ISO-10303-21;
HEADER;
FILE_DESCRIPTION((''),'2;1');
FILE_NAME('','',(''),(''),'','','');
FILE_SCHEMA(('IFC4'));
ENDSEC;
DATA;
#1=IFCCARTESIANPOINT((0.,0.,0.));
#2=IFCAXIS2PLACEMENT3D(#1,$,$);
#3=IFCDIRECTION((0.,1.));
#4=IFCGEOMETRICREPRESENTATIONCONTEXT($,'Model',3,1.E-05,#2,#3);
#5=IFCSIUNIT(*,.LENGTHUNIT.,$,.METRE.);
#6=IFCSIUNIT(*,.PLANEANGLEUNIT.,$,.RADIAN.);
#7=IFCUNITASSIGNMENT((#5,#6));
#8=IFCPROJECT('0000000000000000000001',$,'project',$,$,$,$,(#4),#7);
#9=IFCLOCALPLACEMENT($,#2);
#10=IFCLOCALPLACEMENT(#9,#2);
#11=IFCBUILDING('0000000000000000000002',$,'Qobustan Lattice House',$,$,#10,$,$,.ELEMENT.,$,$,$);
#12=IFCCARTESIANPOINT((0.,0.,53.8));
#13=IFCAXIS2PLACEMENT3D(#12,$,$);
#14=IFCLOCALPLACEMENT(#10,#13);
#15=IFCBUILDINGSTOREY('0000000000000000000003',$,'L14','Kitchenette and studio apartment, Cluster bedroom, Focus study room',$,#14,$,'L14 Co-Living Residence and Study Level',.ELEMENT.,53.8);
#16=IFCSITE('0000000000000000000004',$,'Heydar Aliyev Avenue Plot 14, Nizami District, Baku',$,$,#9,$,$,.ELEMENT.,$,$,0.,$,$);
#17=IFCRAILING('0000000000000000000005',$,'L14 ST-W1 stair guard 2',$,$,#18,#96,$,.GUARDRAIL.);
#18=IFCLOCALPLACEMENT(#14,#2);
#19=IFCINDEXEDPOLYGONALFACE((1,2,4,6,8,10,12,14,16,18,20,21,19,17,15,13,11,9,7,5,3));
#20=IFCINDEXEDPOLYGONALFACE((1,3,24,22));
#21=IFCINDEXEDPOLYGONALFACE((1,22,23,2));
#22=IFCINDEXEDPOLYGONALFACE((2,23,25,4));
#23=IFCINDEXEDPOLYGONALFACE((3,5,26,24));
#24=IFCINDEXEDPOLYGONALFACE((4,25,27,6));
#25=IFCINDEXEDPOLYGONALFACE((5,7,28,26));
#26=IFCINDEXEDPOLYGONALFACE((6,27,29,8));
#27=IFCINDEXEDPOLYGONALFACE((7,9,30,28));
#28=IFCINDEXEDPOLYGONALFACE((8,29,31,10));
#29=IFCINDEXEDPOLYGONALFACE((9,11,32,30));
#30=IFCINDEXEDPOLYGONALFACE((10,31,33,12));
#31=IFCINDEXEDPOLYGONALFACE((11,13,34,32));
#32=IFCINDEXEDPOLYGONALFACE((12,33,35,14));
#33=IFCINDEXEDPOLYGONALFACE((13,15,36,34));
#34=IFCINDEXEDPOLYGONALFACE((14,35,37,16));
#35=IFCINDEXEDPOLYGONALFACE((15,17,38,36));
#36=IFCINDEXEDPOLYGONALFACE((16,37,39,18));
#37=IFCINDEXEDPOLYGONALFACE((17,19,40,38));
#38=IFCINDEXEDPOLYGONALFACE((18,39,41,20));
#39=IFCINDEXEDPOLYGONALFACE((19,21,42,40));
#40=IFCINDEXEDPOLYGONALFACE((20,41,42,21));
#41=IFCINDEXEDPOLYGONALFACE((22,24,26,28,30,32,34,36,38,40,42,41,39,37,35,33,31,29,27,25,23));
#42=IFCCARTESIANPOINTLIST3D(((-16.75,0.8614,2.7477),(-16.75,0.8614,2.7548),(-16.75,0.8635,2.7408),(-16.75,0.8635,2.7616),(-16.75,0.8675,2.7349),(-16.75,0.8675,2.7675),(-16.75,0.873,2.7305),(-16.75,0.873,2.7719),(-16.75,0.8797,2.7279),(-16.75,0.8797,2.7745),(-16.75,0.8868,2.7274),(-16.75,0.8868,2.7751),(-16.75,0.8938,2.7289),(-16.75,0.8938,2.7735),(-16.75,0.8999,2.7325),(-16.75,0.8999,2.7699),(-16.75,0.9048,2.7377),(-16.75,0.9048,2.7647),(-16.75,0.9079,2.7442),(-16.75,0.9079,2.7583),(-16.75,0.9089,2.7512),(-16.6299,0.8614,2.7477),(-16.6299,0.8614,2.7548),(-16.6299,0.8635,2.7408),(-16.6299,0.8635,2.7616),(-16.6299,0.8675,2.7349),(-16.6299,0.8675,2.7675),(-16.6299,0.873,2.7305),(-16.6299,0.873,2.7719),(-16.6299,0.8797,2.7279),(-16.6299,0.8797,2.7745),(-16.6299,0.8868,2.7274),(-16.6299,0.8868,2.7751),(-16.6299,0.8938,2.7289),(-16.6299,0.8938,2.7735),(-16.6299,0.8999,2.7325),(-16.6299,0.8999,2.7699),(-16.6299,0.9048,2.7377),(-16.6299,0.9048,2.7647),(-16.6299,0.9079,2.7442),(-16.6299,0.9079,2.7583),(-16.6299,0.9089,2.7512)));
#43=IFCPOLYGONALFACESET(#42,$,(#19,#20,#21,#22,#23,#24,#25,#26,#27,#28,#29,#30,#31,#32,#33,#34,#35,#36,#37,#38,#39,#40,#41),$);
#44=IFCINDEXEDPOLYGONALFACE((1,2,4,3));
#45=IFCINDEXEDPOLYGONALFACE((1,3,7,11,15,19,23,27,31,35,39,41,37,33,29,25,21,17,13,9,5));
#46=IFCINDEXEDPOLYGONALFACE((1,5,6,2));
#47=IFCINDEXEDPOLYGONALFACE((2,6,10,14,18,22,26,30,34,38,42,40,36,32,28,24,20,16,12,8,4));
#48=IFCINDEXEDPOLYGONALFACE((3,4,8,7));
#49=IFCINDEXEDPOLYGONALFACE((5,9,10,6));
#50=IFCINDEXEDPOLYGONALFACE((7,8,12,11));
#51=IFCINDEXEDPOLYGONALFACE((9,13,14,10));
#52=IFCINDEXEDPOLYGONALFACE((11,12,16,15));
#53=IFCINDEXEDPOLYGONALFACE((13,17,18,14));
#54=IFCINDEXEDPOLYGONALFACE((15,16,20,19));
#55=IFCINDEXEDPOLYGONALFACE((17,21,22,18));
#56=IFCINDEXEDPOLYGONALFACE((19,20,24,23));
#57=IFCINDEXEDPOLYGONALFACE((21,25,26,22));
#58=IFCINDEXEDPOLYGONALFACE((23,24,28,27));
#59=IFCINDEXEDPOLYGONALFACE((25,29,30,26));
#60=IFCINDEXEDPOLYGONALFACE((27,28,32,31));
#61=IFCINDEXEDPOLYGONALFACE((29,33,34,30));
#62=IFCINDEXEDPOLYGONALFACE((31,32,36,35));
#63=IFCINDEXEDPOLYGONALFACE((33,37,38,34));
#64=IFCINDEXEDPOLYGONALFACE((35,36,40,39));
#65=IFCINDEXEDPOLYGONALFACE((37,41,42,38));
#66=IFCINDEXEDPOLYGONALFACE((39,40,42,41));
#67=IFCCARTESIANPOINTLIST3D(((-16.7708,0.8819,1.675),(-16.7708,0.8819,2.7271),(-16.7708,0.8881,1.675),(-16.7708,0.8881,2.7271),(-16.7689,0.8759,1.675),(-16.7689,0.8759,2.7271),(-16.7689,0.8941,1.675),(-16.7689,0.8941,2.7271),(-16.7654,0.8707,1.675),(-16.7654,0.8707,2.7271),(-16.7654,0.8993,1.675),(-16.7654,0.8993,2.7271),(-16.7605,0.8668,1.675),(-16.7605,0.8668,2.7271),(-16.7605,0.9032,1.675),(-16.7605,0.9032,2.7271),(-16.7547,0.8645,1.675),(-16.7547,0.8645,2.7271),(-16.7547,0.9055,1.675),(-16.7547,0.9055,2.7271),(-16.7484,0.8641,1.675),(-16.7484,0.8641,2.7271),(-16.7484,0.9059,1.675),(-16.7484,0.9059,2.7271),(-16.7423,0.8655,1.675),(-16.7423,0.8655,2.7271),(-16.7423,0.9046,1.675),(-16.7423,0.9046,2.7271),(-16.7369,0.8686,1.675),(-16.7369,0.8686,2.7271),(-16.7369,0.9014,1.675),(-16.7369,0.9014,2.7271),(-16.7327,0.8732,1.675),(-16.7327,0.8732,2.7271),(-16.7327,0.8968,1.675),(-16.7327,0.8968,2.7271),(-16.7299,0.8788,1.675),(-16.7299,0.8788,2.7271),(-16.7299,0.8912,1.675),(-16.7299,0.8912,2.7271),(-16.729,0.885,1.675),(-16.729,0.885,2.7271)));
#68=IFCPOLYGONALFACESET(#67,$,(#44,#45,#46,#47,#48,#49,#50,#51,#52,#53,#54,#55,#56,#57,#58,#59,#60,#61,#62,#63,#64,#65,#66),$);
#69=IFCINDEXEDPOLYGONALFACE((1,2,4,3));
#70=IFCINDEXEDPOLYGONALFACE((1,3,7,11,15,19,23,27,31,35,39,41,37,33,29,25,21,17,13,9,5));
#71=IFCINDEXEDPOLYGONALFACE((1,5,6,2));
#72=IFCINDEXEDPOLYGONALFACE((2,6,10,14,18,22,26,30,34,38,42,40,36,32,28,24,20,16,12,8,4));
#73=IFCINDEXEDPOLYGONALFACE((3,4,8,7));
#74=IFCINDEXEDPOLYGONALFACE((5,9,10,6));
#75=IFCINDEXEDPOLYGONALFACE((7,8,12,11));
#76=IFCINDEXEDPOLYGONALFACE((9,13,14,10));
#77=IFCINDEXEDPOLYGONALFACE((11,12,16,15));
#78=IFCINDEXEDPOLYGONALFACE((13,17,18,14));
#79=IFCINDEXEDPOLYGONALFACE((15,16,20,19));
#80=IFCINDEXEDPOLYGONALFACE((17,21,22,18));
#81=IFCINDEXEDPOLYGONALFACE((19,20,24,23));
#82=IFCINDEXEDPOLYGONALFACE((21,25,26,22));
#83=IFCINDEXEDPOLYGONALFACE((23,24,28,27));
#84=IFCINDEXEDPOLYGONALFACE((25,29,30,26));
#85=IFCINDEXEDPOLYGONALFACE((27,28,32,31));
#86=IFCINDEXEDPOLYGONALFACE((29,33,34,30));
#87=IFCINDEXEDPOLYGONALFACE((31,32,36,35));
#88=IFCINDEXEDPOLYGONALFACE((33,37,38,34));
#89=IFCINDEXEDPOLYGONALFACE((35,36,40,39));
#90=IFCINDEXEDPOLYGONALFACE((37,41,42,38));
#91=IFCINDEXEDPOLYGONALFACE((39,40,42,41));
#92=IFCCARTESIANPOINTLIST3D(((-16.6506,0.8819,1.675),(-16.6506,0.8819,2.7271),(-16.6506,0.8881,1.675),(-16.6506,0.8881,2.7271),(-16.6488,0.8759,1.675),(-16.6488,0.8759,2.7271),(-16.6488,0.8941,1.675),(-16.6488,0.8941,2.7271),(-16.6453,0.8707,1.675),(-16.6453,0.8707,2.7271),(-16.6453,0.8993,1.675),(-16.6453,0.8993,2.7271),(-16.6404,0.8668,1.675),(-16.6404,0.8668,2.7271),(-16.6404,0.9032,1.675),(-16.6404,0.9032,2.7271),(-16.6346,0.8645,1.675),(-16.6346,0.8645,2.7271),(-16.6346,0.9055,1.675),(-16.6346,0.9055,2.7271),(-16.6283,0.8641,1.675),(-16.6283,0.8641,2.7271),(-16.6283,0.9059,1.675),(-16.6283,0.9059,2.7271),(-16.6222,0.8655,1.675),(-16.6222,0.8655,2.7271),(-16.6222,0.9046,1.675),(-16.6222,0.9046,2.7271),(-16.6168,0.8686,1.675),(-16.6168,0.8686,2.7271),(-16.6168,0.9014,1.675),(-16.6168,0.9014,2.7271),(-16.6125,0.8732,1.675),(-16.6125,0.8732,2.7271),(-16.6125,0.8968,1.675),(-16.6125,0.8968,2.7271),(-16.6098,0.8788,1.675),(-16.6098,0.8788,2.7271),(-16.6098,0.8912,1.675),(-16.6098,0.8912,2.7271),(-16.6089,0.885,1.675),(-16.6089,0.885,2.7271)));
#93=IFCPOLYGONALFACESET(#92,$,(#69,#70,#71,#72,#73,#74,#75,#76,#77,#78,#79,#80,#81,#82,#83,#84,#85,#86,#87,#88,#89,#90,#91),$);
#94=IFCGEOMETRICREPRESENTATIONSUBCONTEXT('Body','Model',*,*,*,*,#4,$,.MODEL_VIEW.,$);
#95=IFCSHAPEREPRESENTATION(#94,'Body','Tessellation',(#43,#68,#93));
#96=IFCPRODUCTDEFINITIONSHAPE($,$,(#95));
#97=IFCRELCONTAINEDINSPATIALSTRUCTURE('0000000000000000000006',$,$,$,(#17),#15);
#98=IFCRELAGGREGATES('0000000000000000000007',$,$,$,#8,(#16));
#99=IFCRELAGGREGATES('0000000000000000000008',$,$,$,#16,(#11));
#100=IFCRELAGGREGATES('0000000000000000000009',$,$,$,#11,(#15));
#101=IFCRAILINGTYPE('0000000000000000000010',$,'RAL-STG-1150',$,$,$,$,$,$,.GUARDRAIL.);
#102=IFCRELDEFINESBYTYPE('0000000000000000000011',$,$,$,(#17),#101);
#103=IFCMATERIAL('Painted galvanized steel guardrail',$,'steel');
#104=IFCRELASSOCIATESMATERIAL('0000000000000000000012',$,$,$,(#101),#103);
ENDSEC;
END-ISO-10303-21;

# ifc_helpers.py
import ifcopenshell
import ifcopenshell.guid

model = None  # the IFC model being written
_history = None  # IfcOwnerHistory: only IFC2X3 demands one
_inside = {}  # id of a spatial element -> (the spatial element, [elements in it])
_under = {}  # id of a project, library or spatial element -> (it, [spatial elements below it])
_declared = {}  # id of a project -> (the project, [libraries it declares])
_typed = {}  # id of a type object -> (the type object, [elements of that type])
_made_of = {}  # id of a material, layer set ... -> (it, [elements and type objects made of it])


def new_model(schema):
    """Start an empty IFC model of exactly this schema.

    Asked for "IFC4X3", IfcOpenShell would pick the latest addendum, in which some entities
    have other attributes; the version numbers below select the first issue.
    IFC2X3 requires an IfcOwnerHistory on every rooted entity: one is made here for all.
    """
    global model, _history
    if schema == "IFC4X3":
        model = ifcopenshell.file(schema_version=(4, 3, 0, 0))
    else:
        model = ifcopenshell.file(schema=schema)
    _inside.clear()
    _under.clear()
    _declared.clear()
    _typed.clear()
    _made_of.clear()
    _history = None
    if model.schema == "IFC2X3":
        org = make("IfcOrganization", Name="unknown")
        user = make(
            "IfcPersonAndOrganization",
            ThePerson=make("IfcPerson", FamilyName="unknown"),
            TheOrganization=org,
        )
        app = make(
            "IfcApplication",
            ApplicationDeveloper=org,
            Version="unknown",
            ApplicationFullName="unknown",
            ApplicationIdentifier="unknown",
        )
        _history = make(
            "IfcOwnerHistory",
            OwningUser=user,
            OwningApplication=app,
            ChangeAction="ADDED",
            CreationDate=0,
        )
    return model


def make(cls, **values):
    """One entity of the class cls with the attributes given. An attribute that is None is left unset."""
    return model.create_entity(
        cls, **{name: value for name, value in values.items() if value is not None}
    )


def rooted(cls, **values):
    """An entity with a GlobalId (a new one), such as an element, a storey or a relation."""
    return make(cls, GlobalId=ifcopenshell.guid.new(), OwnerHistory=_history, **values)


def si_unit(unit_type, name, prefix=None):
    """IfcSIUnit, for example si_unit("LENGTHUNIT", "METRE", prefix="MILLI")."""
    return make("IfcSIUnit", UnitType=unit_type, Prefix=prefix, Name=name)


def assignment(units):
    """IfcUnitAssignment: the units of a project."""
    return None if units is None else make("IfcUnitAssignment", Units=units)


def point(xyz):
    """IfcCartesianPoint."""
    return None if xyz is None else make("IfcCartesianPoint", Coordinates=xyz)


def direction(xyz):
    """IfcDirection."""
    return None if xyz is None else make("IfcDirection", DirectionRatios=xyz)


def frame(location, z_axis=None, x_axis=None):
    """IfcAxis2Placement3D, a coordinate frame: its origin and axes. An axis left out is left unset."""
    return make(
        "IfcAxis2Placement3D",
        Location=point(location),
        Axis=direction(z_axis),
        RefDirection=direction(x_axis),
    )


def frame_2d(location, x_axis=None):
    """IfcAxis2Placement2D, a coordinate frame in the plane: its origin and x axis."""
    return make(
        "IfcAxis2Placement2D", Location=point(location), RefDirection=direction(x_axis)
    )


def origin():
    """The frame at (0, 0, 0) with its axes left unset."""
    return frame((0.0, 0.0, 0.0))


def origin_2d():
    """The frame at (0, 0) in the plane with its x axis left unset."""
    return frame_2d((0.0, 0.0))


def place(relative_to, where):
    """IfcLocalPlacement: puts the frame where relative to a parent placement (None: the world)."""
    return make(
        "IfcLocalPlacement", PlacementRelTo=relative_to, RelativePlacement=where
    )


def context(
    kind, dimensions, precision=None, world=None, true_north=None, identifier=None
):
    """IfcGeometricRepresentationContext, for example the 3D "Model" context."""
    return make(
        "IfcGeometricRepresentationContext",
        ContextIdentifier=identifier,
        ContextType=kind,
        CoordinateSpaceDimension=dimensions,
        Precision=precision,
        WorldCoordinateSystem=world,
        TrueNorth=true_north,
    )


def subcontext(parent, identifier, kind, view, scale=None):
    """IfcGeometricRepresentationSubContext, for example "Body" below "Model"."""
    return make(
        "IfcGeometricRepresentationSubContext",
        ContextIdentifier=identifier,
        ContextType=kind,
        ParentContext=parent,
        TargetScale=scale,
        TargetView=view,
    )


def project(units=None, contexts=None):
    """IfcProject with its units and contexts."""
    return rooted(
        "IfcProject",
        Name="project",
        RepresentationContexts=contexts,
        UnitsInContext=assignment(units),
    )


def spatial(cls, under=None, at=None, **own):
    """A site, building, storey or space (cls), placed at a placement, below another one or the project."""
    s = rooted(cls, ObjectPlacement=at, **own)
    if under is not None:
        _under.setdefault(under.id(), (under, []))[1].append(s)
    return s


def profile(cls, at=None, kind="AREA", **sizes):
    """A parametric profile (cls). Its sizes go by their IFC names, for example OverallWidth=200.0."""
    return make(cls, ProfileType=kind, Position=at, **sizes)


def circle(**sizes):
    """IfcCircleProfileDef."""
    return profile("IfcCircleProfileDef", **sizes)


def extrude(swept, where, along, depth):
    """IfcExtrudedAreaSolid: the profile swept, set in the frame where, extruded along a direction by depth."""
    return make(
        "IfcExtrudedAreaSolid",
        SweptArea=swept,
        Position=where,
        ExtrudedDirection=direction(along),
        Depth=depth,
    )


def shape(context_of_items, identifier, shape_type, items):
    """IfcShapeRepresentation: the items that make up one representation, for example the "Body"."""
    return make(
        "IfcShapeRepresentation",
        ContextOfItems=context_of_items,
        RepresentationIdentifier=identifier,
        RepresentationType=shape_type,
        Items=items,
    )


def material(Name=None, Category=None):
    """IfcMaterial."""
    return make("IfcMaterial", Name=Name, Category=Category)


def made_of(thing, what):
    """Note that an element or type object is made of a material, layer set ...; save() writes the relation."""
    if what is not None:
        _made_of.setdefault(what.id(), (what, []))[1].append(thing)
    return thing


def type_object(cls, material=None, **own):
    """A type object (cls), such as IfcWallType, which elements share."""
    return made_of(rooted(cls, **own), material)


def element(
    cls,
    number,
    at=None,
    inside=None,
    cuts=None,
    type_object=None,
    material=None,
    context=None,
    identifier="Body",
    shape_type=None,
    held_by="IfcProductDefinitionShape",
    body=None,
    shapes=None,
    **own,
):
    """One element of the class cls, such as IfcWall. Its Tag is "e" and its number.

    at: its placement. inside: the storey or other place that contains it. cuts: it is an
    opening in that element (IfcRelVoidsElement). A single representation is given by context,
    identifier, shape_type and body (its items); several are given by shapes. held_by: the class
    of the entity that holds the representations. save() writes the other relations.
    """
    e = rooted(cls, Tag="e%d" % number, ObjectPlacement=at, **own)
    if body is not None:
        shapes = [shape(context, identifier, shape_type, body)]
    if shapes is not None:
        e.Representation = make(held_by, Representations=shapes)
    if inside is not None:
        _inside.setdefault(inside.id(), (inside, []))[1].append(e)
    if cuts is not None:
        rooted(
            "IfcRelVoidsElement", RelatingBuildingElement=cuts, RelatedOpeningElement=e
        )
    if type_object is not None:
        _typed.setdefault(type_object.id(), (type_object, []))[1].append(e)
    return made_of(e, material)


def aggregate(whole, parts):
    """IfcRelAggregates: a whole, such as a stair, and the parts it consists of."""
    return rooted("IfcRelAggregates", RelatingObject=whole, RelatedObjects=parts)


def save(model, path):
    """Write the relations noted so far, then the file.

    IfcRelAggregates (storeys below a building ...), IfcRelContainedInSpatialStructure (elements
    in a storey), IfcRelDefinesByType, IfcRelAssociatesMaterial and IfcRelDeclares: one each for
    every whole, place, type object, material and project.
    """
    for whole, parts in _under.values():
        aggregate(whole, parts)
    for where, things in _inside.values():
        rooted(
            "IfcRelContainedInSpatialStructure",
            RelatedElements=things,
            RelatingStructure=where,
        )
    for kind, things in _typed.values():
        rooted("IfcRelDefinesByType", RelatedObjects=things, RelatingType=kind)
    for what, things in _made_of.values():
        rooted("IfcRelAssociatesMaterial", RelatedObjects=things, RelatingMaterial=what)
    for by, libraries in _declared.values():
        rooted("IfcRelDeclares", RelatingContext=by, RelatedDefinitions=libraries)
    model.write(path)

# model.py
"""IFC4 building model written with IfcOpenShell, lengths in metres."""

from ifc_helpers import new_model, si_unit, direction, frame, origin, origin_2d, place, context, subcontext, project, spatial, circle, extrude, material, type_object, element, save


model = new_model("IFC4")

# Units and contexts
model_context = context("Model", 3, precision=1e-05, world=origin(), true_north=direction((0.0, 1.0)))
body_context = subcontext(model_context, "Body", "Model", "MODEL_VIEW")
ifc_project = project(units=[si_unit("LENGTHUNIT", "METRE"), si_unit("PLANEANGLEUNIT", "RADIAN")], contexts=[model_context])

# Site, building, storey
site_placement = place(None, origin())
site = spatial("IfcSite", under=ifc_project, at=site_placement, Name="Heydar Aliyev Avenue Plot 14, Nizami District, Baku", CompositionType="ELEMENT", RefElevation=0.0)
building_placement = place(site_placement, origin())
building = spatial("IfcBuilding", under=site, at=building_placement, Name="Qobustan Lattice House", CompositionType="ELEMENT")
storey_placement = place(building_placement, frame((0.0, 0.0, 53.8)))
storey = spatial("IfcBuildingStorey", under=building, at=storey_placement, Name="L14", Description="Kitchenette and studio apartment, Cluster bedroom, Focus study room", LongName="L14 Co-Living Residence and Study Level", CompositionType="ELEMENT", Elevation=53.8)

# Railing
ifc_material_1 = material(Name="Painted galvanized steel guardrail", Category="steel")
railing_type_1 = type_object("IfcRailingType", Name="RAL-STG-1150", PredefinedType="GUARDRAIL", material=ifc_material_1)
railing_1_placement = place(storey_placement, frame((-16.75, 0.885, 1.675)))
element("IfcRailing", 1, at=railing_1_placement, inside=storey, type_object=railing_type_1, Name="L14 ST-W1 stair guard 2", PredefinedType="GUARDRAIL", context=body_context, shape_type="SweptSolid", body=[
    extrude(circle(Radius=0.0239, at=origin_2d()), frame((0.0, 0.0, 1.0762), z_axis=(1.0, 0.0, 0.0), x_axis=(0.0, 1.0, 0.0)), (0.0, 0.0, 1.0), 0.1201),
    extrude(circle(Radius=0.021, at=origin_2d()), origin(), (0.0, 0.0, 1.0), 1.052),
    extrude(circle(Radius=0.021, at=origin_2d()), frame((0.1201, 0.0, 0.0)), (0.0, 0.0, 1.0), 1.052),
])

save(model, "model.ifc")
